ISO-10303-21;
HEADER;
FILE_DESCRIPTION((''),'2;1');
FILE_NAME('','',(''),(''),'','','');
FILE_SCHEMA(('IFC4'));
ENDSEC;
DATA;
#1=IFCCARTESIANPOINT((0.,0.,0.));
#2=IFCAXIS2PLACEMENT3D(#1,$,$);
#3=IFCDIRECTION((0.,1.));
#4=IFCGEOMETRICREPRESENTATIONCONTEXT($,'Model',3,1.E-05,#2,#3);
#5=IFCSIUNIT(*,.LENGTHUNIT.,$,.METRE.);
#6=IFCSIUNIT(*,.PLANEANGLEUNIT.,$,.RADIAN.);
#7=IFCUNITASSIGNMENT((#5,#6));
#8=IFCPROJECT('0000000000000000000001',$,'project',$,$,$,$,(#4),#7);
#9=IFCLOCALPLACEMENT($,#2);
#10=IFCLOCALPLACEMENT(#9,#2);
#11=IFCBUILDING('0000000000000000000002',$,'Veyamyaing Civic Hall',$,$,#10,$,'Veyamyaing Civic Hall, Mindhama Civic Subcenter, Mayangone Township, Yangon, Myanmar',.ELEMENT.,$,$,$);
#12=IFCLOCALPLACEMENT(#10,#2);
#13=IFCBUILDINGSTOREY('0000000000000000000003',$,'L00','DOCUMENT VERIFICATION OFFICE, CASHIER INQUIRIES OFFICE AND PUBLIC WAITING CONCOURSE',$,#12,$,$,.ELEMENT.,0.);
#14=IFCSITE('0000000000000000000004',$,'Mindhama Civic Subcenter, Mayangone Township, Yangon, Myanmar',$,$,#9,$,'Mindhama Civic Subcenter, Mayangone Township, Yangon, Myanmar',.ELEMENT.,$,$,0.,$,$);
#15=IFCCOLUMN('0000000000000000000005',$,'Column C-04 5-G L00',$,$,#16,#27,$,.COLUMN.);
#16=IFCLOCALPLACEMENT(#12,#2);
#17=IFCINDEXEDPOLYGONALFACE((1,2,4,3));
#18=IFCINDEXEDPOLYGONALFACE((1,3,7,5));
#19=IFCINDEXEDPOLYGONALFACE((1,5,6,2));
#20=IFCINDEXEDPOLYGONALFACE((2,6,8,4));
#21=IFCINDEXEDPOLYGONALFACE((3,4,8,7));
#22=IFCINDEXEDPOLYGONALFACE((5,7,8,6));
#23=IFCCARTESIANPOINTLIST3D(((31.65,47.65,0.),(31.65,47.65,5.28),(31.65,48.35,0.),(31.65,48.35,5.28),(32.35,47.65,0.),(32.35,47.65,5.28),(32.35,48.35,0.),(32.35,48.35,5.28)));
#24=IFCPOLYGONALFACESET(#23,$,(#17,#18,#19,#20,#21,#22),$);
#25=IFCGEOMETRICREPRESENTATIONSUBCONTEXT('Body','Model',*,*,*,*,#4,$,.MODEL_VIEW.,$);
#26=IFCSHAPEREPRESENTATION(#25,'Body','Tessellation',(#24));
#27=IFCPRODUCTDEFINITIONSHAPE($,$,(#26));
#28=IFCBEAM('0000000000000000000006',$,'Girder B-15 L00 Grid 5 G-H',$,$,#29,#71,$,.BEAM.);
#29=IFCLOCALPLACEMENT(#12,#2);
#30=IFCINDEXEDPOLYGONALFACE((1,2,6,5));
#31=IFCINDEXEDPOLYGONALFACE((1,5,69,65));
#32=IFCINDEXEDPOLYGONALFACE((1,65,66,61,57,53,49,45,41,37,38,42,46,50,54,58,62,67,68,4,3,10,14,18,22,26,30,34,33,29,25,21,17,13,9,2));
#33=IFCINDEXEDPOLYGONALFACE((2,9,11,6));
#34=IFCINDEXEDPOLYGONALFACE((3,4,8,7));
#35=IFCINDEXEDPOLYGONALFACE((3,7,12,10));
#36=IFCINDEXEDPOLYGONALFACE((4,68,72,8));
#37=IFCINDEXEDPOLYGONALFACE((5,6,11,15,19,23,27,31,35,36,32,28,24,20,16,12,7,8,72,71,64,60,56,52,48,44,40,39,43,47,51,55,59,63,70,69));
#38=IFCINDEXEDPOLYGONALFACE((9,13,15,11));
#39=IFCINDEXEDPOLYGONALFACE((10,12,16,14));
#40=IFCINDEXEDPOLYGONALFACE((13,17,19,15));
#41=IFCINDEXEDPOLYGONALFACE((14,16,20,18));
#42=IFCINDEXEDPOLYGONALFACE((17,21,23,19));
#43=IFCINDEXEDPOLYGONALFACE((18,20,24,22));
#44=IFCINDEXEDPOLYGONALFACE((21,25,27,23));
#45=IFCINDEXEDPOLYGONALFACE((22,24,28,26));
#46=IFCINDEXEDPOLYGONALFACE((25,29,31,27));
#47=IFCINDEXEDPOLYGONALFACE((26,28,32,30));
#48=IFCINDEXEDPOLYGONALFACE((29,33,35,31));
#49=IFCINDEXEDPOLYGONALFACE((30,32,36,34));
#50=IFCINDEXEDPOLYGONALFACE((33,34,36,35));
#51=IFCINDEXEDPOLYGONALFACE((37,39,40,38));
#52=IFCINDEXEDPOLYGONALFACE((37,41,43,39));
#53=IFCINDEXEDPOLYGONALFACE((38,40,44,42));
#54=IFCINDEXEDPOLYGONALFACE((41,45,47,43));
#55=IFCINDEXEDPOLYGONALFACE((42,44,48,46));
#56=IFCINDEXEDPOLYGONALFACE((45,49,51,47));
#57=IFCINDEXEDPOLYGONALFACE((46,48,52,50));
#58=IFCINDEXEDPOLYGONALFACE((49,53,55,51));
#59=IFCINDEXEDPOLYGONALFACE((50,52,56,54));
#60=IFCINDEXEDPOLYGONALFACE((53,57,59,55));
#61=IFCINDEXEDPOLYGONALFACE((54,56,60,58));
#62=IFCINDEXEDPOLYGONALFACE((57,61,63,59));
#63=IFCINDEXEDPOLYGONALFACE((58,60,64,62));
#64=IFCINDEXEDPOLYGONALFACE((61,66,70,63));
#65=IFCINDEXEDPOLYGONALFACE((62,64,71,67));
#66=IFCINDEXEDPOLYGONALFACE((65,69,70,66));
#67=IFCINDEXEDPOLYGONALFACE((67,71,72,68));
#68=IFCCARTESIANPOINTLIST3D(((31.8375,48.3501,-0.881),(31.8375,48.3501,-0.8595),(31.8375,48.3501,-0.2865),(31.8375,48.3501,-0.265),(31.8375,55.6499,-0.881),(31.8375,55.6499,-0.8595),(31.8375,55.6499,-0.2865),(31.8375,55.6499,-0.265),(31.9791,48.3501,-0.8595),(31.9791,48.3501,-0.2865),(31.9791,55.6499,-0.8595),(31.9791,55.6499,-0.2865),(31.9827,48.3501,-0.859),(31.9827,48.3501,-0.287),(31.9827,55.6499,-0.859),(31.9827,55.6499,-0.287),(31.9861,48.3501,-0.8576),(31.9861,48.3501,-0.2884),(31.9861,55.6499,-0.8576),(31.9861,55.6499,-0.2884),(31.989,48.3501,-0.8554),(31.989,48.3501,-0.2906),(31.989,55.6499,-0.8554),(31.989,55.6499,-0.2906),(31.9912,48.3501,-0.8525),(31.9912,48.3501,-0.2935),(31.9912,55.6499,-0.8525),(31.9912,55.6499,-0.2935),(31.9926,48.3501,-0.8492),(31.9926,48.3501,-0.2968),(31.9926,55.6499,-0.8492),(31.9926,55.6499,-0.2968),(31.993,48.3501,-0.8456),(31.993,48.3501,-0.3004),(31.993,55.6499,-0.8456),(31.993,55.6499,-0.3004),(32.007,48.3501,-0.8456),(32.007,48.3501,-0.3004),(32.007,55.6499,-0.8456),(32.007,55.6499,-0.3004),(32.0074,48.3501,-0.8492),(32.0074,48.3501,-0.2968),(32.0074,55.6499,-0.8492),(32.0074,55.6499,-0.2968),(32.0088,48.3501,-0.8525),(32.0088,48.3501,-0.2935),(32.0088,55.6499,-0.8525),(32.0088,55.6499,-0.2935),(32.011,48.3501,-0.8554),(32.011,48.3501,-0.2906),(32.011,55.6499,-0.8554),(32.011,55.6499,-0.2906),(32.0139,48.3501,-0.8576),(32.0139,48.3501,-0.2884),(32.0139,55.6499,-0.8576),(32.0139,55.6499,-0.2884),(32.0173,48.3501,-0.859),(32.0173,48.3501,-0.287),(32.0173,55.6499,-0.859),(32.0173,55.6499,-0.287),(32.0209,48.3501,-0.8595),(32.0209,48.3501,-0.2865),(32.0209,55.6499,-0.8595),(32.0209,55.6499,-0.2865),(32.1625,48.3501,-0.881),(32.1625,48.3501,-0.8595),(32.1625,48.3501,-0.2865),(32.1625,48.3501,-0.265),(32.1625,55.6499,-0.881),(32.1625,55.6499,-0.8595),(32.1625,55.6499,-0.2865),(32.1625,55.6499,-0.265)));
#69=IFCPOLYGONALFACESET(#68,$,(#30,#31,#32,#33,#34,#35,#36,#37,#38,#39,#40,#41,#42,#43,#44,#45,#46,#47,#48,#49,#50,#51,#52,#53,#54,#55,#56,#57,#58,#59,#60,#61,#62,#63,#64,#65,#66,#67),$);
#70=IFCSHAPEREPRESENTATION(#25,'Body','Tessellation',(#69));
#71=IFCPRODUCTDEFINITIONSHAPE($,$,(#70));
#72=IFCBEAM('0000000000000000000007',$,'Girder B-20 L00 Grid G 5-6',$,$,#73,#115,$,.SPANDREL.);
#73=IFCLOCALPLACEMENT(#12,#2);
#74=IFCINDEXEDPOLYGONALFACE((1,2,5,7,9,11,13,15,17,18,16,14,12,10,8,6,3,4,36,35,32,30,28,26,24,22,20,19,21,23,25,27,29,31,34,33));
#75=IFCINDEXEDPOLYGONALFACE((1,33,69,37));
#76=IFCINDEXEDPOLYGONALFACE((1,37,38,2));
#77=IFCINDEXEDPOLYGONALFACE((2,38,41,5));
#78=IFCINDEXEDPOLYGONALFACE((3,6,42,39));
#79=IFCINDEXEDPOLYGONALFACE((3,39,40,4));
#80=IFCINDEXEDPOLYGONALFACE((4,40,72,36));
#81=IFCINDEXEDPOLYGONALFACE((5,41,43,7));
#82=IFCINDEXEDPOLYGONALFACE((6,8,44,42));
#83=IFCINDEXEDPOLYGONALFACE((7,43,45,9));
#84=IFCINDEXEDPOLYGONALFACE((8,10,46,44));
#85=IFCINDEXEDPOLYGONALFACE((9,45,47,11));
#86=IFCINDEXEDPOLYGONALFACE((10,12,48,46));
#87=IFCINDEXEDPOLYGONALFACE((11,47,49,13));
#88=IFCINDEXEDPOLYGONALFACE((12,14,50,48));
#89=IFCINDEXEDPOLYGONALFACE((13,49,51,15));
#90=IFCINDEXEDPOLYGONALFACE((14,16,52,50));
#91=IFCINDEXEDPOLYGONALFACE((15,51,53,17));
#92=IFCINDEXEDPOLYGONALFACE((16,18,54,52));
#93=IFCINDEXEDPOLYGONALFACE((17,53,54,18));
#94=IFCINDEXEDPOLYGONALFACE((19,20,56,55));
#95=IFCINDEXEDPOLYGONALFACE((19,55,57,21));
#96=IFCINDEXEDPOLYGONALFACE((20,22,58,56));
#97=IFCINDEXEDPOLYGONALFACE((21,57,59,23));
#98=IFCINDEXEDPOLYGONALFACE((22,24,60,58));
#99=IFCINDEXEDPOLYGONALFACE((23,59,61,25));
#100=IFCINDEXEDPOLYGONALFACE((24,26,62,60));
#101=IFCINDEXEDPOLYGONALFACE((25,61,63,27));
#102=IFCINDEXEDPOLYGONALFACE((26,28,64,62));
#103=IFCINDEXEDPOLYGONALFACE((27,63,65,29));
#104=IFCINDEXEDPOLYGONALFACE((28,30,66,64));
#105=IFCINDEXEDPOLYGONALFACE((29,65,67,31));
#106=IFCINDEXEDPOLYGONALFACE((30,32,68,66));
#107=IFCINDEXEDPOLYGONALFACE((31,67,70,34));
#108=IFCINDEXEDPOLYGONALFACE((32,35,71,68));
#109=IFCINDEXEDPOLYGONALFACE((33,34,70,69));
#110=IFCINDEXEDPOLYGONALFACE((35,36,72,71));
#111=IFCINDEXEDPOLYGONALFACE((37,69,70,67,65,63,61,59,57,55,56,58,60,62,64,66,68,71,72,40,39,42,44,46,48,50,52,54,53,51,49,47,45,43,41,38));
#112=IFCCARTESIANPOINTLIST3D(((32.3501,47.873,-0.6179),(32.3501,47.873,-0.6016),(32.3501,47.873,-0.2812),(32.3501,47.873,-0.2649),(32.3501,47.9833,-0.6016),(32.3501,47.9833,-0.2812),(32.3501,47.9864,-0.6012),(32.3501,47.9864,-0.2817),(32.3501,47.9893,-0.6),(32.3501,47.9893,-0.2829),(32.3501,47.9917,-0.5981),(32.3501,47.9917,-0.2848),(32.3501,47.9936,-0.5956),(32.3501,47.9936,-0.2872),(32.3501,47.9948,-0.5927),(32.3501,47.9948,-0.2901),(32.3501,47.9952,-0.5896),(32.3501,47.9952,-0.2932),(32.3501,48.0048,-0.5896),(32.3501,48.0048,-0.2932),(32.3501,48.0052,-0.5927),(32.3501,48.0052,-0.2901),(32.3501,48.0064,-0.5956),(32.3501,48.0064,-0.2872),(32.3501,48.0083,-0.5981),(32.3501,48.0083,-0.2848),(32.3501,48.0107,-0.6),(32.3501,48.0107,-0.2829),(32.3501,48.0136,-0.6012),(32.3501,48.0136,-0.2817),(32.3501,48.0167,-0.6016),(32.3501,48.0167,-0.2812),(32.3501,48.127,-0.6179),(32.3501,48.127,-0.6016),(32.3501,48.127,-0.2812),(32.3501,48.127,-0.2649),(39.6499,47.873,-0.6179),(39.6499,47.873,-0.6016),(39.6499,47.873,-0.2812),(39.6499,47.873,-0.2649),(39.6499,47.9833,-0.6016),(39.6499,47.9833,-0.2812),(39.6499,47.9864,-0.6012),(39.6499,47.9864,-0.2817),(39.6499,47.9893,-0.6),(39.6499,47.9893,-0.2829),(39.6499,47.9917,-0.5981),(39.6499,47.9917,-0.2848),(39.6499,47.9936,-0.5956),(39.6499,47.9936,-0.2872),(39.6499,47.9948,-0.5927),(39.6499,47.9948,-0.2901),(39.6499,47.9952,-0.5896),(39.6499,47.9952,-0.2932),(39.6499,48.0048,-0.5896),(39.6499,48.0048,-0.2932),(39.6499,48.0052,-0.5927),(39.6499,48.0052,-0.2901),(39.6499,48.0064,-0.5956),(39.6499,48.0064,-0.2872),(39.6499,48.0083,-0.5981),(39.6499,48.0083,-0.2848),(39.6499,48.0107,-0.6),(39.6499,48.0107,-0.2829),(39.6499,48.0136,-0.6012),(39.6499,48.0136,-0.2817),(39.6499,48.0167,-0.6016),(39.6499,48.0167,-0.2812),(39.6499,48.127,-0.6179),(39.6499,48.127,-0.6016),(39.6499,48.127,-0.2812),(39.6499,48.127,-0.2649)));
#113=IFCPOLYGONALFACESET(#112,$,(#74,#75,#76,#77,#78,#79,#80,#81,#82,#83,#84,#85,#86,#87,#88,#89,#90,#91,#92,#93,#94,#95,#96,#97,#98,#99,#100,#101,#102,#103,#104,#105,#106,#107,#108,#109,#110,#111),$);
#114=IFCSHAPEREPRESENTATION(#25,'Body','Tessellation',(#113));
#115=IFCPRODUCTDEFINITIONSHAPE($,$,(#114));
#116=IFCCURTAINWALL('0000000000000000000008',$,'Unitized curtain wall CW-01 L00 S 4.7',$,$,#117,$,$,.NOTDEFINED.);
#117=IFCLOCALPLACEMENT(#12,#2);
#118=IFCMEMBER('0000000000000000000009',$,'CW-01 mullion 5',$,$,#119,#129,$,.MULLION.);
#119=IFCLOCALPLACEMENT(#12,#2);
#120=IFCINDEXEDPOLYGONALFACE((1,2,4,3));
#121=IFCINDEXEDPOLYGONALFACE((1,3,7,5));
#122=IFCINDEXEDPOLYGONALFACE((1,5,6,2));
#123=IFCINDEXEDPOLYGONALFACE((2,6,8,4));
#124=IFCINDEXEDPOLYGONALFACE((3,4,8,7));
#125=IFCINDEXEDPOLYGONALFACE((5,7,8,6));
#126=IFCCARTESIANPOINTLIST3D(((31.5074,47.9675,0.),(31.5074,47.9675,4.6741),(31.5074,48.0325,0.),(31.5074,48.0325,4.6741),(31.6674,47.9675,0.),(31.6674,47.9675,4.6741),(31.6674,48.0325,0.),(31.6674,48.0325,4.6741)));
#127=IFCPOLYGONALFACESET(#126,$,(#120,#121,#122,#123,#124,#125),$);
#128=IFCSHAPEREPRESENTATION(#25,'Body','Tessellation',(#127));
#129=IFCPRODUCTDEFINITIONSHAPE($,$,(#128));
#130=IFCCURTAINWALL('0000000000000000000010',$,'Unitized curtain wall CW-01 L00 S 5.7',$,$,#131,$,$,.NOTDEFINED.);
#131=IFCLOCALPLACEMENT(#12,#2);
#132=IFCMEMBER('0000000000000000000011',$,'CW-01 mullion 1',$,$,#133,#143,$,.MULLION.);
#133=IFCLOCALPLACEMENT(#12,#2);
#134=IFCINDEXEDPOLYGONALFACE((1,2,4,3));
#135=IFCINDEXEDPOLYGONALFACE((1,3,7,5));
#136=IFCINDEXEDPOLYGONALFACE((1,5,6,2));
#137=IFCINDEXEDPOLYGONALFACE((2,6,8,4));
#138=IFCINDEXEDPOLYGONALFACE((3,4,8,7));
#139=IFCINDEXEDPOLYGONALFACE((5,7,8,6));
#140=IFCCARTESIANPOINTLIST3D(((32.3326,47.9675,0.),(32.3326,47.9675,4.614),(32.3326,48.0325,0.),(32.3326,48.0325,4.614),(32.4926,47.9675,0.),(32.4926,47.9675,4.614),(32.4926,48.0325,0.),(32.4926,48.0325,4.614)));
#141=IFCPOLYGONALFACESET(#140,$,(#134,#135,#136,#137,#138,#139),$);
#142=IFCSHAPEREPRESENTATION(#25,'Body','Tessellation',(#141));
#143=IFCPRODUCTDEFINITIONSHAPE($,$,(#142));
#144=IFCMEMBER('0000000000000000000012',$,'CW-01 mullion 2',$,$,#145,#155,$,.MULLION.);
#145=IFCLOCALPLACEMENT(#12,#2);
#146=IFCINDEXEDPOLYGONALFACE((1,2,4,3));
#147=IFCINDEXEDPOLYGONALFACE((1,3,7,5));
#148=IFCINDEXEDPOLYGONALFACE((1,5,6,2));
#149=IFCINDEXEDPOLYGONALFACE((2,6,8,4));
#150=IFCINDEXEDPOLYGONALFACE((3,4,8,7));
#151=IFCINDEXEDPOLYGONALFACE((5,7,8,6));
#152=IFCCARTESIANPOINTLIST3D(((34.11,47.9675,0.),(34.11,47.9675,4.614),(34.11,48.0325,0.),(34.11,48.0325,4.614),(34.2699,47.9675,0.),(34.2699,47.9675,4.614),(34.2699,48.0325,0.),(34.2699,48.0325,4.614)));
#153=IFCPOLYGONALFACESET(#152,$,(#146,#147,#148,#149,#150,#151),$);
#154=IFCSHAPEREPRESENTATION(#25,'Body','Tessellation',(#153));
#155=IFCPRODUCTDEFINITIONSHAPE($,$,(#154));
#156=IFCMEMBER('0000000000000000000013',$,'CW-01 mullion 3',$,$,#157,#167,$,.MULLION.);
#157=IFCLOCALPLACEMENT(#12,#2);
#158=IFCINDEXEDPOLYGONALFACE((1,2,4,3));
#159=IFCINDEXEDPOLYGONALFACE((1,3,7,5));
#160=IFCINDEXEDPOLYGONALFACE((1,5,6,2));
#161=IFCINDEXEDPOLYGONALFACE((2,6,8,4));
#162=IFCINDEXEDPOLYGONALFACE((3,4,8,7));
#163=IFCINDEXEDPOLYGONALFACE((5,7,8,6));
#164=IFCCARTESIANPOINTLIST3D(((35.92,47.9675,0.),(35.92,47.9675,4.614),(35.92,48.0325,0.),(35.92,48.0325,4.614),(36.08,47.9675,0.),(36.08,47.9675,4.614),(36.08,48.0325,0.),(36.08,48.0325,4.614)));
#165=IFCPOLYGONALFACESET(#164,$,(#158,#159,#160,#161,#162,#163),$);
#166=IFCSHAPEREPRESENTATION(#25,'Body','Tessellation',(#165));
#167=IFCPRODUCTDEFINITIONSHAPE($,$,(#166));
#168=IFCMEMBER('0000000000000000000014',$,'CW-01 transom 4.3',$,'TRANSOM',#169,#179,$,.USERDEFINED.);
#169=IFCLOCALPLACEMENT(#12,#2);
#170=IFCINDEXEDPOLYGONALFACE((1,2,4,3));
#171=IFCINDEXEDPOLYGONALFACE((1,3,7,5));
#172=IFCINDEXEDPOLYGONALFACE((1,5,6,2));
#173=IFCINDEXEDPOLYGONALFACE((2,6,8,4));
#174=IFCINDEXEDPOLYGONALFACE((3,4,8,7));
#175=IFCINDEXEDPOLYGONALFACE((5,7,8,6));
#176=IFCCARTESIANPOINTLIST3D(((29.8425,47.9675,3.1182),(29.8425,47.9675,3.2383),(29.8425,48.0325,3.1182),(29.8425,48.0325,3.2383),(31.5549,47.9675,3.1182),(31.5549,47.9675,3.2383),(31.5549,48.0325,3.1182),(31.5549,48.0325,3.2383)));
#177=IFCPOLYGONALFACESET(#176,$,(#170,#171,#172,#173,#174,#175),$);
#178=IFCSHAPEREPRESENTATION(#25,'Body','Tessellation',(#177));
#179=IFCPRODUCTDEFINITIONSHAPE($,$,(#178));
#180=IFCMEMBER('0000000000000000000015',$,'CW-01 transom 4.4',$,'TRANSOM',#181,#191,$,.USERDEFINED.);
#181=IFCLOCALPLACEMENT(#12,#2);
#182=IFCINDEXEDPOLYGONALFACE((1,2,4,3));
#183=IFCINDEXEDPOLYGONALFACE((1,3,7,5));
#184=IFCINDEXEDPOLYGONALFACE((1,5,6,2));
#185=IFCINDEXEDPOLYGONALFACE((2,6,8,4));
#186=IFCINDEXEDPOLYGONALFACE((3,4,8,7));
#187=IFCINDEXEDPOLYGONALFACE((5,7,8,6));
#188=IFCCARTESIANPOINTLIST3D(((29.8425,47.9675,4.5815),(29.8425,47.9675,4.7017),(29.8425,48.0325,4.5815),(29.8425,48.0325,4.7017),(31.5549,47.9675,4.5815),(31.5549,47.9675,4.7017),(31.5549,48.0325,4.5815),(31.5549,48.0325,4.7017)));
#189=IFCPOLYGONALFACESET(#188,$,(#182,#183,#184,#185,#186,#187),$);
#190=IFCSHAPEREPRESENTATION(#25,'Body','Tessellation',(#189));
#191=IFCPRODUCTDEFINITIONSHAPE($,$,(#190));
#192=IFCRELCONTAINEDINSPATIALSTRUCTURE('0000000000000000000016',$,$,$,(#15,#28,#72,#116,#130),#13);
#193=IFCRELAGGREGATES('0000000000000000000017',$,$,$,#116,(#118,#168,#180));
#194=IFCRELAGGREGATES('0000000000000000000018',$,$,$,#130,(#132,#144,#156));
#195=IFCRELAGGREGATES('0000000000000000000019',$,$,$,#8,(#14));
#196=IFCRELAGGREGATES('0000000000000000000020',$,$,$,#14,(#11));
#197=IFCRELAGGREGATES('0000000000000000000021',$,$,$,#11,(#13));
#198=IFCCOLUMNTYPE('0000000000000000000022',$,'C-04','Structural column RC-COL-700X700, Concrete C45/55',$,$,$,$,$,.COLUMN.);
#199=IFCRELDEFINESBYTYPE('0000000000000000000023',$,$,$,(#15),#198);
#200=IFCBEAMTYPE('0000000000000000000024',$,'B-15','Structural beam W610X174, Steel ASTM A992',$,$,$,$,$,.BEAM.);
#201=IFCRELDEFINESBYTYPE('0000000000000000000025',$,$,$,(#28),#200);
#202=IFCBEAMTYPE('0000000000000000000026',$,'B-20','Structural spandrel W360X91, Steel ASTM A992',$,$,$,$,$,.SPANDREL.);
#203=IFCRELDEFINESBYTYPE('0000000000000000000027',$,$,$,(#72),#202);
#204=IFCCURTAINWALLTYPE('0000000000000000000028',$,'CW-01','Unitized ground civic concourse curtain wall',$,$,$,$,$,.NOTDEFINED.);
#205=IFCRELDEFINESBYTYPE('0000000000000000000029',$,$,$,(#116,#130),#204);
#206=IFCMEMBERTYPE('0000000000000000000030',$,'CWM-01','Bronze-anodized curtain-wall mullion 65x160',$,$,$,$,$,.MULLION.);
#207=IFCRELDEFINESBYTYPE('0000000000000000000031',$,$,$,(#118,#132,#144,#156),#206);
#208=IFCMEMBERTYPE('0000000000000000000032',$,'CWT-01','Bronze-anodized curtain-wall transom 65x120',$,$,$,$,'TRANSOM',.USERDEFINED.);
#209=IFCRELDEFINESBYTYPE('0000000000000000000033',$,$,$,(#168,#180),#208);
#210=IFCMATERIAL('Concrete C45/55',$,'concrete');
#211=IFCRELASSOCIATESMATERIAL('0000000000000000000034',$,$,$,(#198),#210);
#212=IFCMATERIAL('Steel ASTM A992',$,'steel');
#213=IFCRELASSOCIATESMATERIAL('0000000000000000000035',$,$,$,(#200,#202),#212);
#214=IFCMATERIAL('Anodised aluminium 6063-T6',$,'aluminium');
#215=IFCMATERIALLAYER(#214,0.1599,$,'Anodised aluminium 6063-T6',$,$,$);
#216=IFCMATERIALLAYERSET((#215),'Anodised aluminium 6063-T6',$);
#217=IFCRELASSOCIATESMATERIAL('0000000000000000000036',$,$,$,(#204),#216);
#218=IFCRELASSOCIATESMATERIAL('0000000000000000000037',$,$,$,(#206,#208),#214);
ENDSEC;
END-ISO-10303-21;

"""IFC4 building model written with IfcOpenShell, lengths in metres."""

from ifc_helpers import new_model, si_unit, direction, frame, origin, origin_2d, place, context, subcontext, project, spatial, rectangle, i_section, extrude, material, layer, layer_set, material_profile, profile_set, type_object, element, aggregate, save


model = new_model("IFC4")

# Units and contexts
model_context = context("Model", 3, precision=1e-05, world=origin(), true_north=direction((0.0, 1.0)))
body_context = subcontext(model_context, "Body", "Model", "MODEL_VIEW")
ifc_project = project(units=[si_unit("LENGTHUNIT", "METRE"), si_unit("PLANEANGLEUNIT", "RADIAN")], contexts=[model_context])

# Site, building, storey
site_placement = place(None, origin())
site = spatial("IfcSite", under=ifc_project, at=site_placement, Name="Mindhama Civic Subcenter, Mayangone Township, Yangon, Myanmar", LongName="Mindhama Civic Subcenter, Mayangone Township, Yangon, Myanmar", CompositionType="ELEMENT", RefElevation=0.0)
building_placement = place(site_placement, origin())
building = spatial("IfcBuilding", under=site, at=building_placement, Name="Veyamyaing Civic Hall", LongName="Veyamyaing Civic Hall, Mindhama Civic Subcenter, Mayangone Township, Yangon, Myanmar", CompositionType="ELEMENT")
storey_placement = place(building_placement, origin())
storey = spatial("IfcBuildingStorey", under=building, at=storey_placement, Name="L00", Description="DOCUMENT VERIFICATION OFFICE, CASHIER INQUIRIES OFFICE AND PUBLIC WAITING CONCOURSE", CompositionType="ELEMENT", Elevation=0.0)

# Column
ifc_material_1 = material(Name="Concrete C45/55", Category="concrete")
ifc_material_profile_1 = material_profile(ifc_material_1, rectangle(XDim=0.7, YDim=0.7, at=origin_2d()), Name="RC-COL-700X700")
ifc_profile_set_1 = profile_set([ifc_material_profile_1], Name="Concrete C45/55")
column_type = type_object("IfcColumnType", Name="C-04", Description="Structural column RC-COL-700X700, Concrete C45/55", PredefinedType="COLUMN", material=ifc_profile_set_1)
column_placement = place(storey_placement, frame((32.0, 48.0, 0.0), z_axis=(0.0, 0.0, 1.0), x_axis=(1.0, 0.0, 0.0)))
element("IfcColumn", 1, at=column_placement, inside=storey, type_object=column_type, Name="Column C-04 5-G L00", PredefinedType="COLUMN", context=body_context, shape_type="SweptSolid", body=[
    extrude(rectangle(XDim=0.7, YDim=0.7, at=origin_2d()), origin(), (0.0, 0.0, 1.0), 5.28),
])

# Beams
ifc_material_2 = material(Name="Steel ASTM A992", Category="steel")
ifc_material_profile_2 = material_profile(ifc_material_2, i_section(OverallWidth=0.325, OverallDepth=0.616, WebThickness=0.0139, FlangeThickness=0.0215, FilletRadius=0.0139, at=origin_2d()), Name="W610X174")
ifc_profile_set_2 = profile_set([ifc_material_profile_2], Name="Steel ASTM A992")
beam_type_1 = type_object("IfcBeamType", Name="B-15", Description="Structural beam W610X174, Steel ASTM A992", PredefinedType="BEAM", material=ifc_profile_set_2)
beam_1_placement = place(storey_placement, frame((32.0, 48.3501, -0.573), z_axis=(0.0, 1.0, 0.0), x_axis=(-1.0, 0.0, 0.0)))
element("IfcBeam", 2, at=beam_1_placement, inside=storey, type_object=beam_type_1, Name="Girder B-15 L00 Grid 5 G-H", PredefinedType="BEAM", context=body_context, shape_type="SweptSolid", body=[
    extrude(i_section(OverallWidth=0.325, OverallDepth=0.616, WebThickness=0.0139, FlangeThickness=0.0215, FilletRadius=0.0139, at=origin_2d()), origin(), (0.0, 0.0, 1.0), 7.2998),
])
ifc_material_profile_3 = material_profile(ifc_material_2, i_section(OverallWidth=0.2539, OverallDepth=0.353, WebThickness=0.0095, FlangeThickness=0.0164, FilletRadius=0.012, at=origin_2d()), Name="W360X91")
ifc_profile_set_3 = profile_set([ifc_material_profile_3], Name="Steel ASTM A992")
beam_type_2 = type_object("IfcBeamType", Name="B-20", Description="Structural spandrel W360X91, Steel ASTM A992", PredefinedType="SPANDREL", material=ifc_profile_set_3)
beam_2_placement = place(storey_placement, frame((32.3501, 48.0, -0.4414), z_axis=(1.0, 0.0, 0.0), x_axis=(0.0, 1.0, 0.0)))
element("IfcBeam", 3, at=beam_2_placement, inside=storey, type_object=beam_type_2, Name="Girder B-20 L00 Grid G 5-6", PredefinedType="SPANDREL", context=body_context, shape_type="SweptSolid", body=[
    extrude(i_section(OverallWidth=0.2539, OverallDepth=0.353, WebThickness=0.0095, FlangeThickness=0.0164, FilletRadius=0.012, at=origin_2d()), origin(), (0.0, 0.0, 1.0), 7.2998),
])

# Curtain wall, member
ifc_material_3 = material(Name="Anodised aluminium 6063-T6", Category="aluminium")
ifc_layer_1 = layer(ifc_material_3, 0.1599, Name="Anodised aluminium 6063-T6")
ifc_layer_set_1 = layer_set([ifc_layer_1], Name="Anodised aluminium 6063-T6")
curtain_wall_type = type_object("IfcCurtainWallType", Name="CW-01", Description="Unitized ground civic concourse curtain wall", PredefinedType="NOTDEFINED", material=ifc_layer_set_1)
curtain_wall_1_placement = place(storey_placement, origin())
curtain_wall_1 = element("IfcCurtainWall", 4, at=curtain_wall_1_placement, inside=storey, type_object=curtain_wall_type, Name="Unitized curtain wall CW-01 L00 S 4.7", PredefinedType="NOTDEFINED")
ifc_material_profile_4 = material_profile(ifc_material_3, rectangle(XDim=0.0649, YDim=0.1599, at=origin_2d()), Name="ALU-MUL-65X160")
ifc_profile_set_4 = profile_set([ifc_material_profile_4], Name="Anodised aluminium 6063-T6")
member_type_1 = type_object("IfcMemberType", Name="CWM-01", Description="Bronze-anodized curtain-wall mullion 65x160", PredefinedType="MULLION", material=ifc_profile_set_4)
member_1_placement = place(storey_placement, frame((31.5874, 48.0, 0.0), z_axis=(0.0, 0.0, 1.0), x_axis=(0.0, 1.0, 0.0)))
member_1 = element("IfcMember", 5, at=member_1_placement, type_object=member_type_1, Name="CW-01 mullion 5", PredefinedType="MULLION", context=body_context, shape_type="SweptSolid", body=[
    extrude(rectangle(XDim=0.0649, YDim=0.1599, at=origin_2d()), origin(), (0.0, 0.0, 1.0), 4.6741),
])

# Curtain wall, members
curtain_wall_2_placement = place(storey_placement, origin())
curtain_wall_2 = element("IfcCurtainWall", 6, at=curtain_wall_2_placement, inside=storey, type_object=curtain_wall_type, Name="Unitized curtain wall CW-01 L00 S 5.7", PredefinedType="NOTDEFINED")
member_2_placement = place(storey_placement, frame((32.4126, 48.0, 0.0), z_axis=(0.0, 0.0, 1.0), x_axis=(0.0, 1.0, 0.0)))
member_2 = element("IfcMember", 7, at=member_2_placement, type_object=member_type_1, Name="CW-01 mullion 1", PredefinedType="MULLION", context=body_context, shape_type="SweptSolid", body=[
    extrude(rectangle(XDim=0.0649, YDim=0.1599, at=origin_2d()), origin(), (0.0, 0.0, 1.0), 4.614),
])
member_3_placement = place(storey_placement, frame((34.1899, 48.0, 0.0), z_axis=(0.0, 0.0, 1.0), x_axis=(0.0, 1.0, 0.0)))
member_3 = element("IfcMember", 8, at=member_3_placement, type_object=member_type_1, Name="CW-01 mullion 2", PredefinedType="MULLION", context=body_context, shape_type="SweptSolid", body=[
    extrude(rectangle(XDim=0.0649, YDim=0.1599, at=origin_2d()), origin(), (0.0, 0.0, 1.0), 4.614),
])
member_4_placement = place(storey_placement, frame((36.0, 48.0, 0.0), z_axis=(0.0, 0.0, 1.0), x_axis=(0.0, 1.0, 0.0)))
member_4 = element("IfcMember", 9, at=member_4_placement, type_object=member_type_1, Name="CW-01 mullion 3", PredefinedType="MULLION", context=body_context, shape_type="SweptSolid", body=[
    extrude(rectangle(XDim=0.0649, YDim=0.1599, at=origin_2d()), origin(), (0.0, 0.0, 1.0), 4.614),
])

# Members
ifc_material_profile_5 = material_profile(ifc_material_3, rectangle(XDim=0.0649, YDim=0.1201, at=origin_2d()), Name="ALU-TRN-65X120")
ifc_profile_set_5 = profile_set([ifc_material_profile_5], Name="Anodised aluminium 6063-T6")
member_type_2 = type_object("IfcMemberType", Name="CWT-01", Description="Bronze-anodized curtain-wall transom 65x120", ElementType="TRANSOM", PredefinedType="USERDEFINED", material=ifc_profile_set_5)
member_5_placement = place(storey_placement, frame((29.8425, 48.0, 3.1782), z_axis=(1.0, 0.0, 0.0), x_axis=(0.0, 1.0, 0.0)))
member_5 = element("IfcMember", 10, at=member_5_placement, type_object=member_type_2, Name="CW-01 transom 4.3", ObjectType="TRANSOM", PredefinedType="USERDEFINED", context=body_context, shape_type="SweptSolid", body=[
    extrude(rectangle(XDim=0.0649, YDim=0.1201, at=origin_2d()), origin(), (0.0, 0.0, 1.0), 1.7124),
])
member_6_placement = place(storey_placement, frame((29.8425, 48.0, 4.6416), z_axis=(1.0, 0.0, 0.0), x_axis=(0.0, 1.0, 0.0)))
member_6 = element("IfcMember", 11, at=member_6_placement, type_object=member_type_2, Name="CW-01 transom 4.4", ObjectType="TRANSOM", PredefinedType="USERDEFINED", context=body_context, shape_type="SweptSolid", body=[
    extrude(rectangle(XDim=0.0649, YDim=0.1201, at=origin_2d()), origin(), (0.0, 0.0, 1.0), 1.7124),
])

aggregate(curtain_wall_1, [member_1, member_5, member_6])
aggregate(curtain_wall_2, [member_2, member_3, member_4])

save(model, "model.ifc")
